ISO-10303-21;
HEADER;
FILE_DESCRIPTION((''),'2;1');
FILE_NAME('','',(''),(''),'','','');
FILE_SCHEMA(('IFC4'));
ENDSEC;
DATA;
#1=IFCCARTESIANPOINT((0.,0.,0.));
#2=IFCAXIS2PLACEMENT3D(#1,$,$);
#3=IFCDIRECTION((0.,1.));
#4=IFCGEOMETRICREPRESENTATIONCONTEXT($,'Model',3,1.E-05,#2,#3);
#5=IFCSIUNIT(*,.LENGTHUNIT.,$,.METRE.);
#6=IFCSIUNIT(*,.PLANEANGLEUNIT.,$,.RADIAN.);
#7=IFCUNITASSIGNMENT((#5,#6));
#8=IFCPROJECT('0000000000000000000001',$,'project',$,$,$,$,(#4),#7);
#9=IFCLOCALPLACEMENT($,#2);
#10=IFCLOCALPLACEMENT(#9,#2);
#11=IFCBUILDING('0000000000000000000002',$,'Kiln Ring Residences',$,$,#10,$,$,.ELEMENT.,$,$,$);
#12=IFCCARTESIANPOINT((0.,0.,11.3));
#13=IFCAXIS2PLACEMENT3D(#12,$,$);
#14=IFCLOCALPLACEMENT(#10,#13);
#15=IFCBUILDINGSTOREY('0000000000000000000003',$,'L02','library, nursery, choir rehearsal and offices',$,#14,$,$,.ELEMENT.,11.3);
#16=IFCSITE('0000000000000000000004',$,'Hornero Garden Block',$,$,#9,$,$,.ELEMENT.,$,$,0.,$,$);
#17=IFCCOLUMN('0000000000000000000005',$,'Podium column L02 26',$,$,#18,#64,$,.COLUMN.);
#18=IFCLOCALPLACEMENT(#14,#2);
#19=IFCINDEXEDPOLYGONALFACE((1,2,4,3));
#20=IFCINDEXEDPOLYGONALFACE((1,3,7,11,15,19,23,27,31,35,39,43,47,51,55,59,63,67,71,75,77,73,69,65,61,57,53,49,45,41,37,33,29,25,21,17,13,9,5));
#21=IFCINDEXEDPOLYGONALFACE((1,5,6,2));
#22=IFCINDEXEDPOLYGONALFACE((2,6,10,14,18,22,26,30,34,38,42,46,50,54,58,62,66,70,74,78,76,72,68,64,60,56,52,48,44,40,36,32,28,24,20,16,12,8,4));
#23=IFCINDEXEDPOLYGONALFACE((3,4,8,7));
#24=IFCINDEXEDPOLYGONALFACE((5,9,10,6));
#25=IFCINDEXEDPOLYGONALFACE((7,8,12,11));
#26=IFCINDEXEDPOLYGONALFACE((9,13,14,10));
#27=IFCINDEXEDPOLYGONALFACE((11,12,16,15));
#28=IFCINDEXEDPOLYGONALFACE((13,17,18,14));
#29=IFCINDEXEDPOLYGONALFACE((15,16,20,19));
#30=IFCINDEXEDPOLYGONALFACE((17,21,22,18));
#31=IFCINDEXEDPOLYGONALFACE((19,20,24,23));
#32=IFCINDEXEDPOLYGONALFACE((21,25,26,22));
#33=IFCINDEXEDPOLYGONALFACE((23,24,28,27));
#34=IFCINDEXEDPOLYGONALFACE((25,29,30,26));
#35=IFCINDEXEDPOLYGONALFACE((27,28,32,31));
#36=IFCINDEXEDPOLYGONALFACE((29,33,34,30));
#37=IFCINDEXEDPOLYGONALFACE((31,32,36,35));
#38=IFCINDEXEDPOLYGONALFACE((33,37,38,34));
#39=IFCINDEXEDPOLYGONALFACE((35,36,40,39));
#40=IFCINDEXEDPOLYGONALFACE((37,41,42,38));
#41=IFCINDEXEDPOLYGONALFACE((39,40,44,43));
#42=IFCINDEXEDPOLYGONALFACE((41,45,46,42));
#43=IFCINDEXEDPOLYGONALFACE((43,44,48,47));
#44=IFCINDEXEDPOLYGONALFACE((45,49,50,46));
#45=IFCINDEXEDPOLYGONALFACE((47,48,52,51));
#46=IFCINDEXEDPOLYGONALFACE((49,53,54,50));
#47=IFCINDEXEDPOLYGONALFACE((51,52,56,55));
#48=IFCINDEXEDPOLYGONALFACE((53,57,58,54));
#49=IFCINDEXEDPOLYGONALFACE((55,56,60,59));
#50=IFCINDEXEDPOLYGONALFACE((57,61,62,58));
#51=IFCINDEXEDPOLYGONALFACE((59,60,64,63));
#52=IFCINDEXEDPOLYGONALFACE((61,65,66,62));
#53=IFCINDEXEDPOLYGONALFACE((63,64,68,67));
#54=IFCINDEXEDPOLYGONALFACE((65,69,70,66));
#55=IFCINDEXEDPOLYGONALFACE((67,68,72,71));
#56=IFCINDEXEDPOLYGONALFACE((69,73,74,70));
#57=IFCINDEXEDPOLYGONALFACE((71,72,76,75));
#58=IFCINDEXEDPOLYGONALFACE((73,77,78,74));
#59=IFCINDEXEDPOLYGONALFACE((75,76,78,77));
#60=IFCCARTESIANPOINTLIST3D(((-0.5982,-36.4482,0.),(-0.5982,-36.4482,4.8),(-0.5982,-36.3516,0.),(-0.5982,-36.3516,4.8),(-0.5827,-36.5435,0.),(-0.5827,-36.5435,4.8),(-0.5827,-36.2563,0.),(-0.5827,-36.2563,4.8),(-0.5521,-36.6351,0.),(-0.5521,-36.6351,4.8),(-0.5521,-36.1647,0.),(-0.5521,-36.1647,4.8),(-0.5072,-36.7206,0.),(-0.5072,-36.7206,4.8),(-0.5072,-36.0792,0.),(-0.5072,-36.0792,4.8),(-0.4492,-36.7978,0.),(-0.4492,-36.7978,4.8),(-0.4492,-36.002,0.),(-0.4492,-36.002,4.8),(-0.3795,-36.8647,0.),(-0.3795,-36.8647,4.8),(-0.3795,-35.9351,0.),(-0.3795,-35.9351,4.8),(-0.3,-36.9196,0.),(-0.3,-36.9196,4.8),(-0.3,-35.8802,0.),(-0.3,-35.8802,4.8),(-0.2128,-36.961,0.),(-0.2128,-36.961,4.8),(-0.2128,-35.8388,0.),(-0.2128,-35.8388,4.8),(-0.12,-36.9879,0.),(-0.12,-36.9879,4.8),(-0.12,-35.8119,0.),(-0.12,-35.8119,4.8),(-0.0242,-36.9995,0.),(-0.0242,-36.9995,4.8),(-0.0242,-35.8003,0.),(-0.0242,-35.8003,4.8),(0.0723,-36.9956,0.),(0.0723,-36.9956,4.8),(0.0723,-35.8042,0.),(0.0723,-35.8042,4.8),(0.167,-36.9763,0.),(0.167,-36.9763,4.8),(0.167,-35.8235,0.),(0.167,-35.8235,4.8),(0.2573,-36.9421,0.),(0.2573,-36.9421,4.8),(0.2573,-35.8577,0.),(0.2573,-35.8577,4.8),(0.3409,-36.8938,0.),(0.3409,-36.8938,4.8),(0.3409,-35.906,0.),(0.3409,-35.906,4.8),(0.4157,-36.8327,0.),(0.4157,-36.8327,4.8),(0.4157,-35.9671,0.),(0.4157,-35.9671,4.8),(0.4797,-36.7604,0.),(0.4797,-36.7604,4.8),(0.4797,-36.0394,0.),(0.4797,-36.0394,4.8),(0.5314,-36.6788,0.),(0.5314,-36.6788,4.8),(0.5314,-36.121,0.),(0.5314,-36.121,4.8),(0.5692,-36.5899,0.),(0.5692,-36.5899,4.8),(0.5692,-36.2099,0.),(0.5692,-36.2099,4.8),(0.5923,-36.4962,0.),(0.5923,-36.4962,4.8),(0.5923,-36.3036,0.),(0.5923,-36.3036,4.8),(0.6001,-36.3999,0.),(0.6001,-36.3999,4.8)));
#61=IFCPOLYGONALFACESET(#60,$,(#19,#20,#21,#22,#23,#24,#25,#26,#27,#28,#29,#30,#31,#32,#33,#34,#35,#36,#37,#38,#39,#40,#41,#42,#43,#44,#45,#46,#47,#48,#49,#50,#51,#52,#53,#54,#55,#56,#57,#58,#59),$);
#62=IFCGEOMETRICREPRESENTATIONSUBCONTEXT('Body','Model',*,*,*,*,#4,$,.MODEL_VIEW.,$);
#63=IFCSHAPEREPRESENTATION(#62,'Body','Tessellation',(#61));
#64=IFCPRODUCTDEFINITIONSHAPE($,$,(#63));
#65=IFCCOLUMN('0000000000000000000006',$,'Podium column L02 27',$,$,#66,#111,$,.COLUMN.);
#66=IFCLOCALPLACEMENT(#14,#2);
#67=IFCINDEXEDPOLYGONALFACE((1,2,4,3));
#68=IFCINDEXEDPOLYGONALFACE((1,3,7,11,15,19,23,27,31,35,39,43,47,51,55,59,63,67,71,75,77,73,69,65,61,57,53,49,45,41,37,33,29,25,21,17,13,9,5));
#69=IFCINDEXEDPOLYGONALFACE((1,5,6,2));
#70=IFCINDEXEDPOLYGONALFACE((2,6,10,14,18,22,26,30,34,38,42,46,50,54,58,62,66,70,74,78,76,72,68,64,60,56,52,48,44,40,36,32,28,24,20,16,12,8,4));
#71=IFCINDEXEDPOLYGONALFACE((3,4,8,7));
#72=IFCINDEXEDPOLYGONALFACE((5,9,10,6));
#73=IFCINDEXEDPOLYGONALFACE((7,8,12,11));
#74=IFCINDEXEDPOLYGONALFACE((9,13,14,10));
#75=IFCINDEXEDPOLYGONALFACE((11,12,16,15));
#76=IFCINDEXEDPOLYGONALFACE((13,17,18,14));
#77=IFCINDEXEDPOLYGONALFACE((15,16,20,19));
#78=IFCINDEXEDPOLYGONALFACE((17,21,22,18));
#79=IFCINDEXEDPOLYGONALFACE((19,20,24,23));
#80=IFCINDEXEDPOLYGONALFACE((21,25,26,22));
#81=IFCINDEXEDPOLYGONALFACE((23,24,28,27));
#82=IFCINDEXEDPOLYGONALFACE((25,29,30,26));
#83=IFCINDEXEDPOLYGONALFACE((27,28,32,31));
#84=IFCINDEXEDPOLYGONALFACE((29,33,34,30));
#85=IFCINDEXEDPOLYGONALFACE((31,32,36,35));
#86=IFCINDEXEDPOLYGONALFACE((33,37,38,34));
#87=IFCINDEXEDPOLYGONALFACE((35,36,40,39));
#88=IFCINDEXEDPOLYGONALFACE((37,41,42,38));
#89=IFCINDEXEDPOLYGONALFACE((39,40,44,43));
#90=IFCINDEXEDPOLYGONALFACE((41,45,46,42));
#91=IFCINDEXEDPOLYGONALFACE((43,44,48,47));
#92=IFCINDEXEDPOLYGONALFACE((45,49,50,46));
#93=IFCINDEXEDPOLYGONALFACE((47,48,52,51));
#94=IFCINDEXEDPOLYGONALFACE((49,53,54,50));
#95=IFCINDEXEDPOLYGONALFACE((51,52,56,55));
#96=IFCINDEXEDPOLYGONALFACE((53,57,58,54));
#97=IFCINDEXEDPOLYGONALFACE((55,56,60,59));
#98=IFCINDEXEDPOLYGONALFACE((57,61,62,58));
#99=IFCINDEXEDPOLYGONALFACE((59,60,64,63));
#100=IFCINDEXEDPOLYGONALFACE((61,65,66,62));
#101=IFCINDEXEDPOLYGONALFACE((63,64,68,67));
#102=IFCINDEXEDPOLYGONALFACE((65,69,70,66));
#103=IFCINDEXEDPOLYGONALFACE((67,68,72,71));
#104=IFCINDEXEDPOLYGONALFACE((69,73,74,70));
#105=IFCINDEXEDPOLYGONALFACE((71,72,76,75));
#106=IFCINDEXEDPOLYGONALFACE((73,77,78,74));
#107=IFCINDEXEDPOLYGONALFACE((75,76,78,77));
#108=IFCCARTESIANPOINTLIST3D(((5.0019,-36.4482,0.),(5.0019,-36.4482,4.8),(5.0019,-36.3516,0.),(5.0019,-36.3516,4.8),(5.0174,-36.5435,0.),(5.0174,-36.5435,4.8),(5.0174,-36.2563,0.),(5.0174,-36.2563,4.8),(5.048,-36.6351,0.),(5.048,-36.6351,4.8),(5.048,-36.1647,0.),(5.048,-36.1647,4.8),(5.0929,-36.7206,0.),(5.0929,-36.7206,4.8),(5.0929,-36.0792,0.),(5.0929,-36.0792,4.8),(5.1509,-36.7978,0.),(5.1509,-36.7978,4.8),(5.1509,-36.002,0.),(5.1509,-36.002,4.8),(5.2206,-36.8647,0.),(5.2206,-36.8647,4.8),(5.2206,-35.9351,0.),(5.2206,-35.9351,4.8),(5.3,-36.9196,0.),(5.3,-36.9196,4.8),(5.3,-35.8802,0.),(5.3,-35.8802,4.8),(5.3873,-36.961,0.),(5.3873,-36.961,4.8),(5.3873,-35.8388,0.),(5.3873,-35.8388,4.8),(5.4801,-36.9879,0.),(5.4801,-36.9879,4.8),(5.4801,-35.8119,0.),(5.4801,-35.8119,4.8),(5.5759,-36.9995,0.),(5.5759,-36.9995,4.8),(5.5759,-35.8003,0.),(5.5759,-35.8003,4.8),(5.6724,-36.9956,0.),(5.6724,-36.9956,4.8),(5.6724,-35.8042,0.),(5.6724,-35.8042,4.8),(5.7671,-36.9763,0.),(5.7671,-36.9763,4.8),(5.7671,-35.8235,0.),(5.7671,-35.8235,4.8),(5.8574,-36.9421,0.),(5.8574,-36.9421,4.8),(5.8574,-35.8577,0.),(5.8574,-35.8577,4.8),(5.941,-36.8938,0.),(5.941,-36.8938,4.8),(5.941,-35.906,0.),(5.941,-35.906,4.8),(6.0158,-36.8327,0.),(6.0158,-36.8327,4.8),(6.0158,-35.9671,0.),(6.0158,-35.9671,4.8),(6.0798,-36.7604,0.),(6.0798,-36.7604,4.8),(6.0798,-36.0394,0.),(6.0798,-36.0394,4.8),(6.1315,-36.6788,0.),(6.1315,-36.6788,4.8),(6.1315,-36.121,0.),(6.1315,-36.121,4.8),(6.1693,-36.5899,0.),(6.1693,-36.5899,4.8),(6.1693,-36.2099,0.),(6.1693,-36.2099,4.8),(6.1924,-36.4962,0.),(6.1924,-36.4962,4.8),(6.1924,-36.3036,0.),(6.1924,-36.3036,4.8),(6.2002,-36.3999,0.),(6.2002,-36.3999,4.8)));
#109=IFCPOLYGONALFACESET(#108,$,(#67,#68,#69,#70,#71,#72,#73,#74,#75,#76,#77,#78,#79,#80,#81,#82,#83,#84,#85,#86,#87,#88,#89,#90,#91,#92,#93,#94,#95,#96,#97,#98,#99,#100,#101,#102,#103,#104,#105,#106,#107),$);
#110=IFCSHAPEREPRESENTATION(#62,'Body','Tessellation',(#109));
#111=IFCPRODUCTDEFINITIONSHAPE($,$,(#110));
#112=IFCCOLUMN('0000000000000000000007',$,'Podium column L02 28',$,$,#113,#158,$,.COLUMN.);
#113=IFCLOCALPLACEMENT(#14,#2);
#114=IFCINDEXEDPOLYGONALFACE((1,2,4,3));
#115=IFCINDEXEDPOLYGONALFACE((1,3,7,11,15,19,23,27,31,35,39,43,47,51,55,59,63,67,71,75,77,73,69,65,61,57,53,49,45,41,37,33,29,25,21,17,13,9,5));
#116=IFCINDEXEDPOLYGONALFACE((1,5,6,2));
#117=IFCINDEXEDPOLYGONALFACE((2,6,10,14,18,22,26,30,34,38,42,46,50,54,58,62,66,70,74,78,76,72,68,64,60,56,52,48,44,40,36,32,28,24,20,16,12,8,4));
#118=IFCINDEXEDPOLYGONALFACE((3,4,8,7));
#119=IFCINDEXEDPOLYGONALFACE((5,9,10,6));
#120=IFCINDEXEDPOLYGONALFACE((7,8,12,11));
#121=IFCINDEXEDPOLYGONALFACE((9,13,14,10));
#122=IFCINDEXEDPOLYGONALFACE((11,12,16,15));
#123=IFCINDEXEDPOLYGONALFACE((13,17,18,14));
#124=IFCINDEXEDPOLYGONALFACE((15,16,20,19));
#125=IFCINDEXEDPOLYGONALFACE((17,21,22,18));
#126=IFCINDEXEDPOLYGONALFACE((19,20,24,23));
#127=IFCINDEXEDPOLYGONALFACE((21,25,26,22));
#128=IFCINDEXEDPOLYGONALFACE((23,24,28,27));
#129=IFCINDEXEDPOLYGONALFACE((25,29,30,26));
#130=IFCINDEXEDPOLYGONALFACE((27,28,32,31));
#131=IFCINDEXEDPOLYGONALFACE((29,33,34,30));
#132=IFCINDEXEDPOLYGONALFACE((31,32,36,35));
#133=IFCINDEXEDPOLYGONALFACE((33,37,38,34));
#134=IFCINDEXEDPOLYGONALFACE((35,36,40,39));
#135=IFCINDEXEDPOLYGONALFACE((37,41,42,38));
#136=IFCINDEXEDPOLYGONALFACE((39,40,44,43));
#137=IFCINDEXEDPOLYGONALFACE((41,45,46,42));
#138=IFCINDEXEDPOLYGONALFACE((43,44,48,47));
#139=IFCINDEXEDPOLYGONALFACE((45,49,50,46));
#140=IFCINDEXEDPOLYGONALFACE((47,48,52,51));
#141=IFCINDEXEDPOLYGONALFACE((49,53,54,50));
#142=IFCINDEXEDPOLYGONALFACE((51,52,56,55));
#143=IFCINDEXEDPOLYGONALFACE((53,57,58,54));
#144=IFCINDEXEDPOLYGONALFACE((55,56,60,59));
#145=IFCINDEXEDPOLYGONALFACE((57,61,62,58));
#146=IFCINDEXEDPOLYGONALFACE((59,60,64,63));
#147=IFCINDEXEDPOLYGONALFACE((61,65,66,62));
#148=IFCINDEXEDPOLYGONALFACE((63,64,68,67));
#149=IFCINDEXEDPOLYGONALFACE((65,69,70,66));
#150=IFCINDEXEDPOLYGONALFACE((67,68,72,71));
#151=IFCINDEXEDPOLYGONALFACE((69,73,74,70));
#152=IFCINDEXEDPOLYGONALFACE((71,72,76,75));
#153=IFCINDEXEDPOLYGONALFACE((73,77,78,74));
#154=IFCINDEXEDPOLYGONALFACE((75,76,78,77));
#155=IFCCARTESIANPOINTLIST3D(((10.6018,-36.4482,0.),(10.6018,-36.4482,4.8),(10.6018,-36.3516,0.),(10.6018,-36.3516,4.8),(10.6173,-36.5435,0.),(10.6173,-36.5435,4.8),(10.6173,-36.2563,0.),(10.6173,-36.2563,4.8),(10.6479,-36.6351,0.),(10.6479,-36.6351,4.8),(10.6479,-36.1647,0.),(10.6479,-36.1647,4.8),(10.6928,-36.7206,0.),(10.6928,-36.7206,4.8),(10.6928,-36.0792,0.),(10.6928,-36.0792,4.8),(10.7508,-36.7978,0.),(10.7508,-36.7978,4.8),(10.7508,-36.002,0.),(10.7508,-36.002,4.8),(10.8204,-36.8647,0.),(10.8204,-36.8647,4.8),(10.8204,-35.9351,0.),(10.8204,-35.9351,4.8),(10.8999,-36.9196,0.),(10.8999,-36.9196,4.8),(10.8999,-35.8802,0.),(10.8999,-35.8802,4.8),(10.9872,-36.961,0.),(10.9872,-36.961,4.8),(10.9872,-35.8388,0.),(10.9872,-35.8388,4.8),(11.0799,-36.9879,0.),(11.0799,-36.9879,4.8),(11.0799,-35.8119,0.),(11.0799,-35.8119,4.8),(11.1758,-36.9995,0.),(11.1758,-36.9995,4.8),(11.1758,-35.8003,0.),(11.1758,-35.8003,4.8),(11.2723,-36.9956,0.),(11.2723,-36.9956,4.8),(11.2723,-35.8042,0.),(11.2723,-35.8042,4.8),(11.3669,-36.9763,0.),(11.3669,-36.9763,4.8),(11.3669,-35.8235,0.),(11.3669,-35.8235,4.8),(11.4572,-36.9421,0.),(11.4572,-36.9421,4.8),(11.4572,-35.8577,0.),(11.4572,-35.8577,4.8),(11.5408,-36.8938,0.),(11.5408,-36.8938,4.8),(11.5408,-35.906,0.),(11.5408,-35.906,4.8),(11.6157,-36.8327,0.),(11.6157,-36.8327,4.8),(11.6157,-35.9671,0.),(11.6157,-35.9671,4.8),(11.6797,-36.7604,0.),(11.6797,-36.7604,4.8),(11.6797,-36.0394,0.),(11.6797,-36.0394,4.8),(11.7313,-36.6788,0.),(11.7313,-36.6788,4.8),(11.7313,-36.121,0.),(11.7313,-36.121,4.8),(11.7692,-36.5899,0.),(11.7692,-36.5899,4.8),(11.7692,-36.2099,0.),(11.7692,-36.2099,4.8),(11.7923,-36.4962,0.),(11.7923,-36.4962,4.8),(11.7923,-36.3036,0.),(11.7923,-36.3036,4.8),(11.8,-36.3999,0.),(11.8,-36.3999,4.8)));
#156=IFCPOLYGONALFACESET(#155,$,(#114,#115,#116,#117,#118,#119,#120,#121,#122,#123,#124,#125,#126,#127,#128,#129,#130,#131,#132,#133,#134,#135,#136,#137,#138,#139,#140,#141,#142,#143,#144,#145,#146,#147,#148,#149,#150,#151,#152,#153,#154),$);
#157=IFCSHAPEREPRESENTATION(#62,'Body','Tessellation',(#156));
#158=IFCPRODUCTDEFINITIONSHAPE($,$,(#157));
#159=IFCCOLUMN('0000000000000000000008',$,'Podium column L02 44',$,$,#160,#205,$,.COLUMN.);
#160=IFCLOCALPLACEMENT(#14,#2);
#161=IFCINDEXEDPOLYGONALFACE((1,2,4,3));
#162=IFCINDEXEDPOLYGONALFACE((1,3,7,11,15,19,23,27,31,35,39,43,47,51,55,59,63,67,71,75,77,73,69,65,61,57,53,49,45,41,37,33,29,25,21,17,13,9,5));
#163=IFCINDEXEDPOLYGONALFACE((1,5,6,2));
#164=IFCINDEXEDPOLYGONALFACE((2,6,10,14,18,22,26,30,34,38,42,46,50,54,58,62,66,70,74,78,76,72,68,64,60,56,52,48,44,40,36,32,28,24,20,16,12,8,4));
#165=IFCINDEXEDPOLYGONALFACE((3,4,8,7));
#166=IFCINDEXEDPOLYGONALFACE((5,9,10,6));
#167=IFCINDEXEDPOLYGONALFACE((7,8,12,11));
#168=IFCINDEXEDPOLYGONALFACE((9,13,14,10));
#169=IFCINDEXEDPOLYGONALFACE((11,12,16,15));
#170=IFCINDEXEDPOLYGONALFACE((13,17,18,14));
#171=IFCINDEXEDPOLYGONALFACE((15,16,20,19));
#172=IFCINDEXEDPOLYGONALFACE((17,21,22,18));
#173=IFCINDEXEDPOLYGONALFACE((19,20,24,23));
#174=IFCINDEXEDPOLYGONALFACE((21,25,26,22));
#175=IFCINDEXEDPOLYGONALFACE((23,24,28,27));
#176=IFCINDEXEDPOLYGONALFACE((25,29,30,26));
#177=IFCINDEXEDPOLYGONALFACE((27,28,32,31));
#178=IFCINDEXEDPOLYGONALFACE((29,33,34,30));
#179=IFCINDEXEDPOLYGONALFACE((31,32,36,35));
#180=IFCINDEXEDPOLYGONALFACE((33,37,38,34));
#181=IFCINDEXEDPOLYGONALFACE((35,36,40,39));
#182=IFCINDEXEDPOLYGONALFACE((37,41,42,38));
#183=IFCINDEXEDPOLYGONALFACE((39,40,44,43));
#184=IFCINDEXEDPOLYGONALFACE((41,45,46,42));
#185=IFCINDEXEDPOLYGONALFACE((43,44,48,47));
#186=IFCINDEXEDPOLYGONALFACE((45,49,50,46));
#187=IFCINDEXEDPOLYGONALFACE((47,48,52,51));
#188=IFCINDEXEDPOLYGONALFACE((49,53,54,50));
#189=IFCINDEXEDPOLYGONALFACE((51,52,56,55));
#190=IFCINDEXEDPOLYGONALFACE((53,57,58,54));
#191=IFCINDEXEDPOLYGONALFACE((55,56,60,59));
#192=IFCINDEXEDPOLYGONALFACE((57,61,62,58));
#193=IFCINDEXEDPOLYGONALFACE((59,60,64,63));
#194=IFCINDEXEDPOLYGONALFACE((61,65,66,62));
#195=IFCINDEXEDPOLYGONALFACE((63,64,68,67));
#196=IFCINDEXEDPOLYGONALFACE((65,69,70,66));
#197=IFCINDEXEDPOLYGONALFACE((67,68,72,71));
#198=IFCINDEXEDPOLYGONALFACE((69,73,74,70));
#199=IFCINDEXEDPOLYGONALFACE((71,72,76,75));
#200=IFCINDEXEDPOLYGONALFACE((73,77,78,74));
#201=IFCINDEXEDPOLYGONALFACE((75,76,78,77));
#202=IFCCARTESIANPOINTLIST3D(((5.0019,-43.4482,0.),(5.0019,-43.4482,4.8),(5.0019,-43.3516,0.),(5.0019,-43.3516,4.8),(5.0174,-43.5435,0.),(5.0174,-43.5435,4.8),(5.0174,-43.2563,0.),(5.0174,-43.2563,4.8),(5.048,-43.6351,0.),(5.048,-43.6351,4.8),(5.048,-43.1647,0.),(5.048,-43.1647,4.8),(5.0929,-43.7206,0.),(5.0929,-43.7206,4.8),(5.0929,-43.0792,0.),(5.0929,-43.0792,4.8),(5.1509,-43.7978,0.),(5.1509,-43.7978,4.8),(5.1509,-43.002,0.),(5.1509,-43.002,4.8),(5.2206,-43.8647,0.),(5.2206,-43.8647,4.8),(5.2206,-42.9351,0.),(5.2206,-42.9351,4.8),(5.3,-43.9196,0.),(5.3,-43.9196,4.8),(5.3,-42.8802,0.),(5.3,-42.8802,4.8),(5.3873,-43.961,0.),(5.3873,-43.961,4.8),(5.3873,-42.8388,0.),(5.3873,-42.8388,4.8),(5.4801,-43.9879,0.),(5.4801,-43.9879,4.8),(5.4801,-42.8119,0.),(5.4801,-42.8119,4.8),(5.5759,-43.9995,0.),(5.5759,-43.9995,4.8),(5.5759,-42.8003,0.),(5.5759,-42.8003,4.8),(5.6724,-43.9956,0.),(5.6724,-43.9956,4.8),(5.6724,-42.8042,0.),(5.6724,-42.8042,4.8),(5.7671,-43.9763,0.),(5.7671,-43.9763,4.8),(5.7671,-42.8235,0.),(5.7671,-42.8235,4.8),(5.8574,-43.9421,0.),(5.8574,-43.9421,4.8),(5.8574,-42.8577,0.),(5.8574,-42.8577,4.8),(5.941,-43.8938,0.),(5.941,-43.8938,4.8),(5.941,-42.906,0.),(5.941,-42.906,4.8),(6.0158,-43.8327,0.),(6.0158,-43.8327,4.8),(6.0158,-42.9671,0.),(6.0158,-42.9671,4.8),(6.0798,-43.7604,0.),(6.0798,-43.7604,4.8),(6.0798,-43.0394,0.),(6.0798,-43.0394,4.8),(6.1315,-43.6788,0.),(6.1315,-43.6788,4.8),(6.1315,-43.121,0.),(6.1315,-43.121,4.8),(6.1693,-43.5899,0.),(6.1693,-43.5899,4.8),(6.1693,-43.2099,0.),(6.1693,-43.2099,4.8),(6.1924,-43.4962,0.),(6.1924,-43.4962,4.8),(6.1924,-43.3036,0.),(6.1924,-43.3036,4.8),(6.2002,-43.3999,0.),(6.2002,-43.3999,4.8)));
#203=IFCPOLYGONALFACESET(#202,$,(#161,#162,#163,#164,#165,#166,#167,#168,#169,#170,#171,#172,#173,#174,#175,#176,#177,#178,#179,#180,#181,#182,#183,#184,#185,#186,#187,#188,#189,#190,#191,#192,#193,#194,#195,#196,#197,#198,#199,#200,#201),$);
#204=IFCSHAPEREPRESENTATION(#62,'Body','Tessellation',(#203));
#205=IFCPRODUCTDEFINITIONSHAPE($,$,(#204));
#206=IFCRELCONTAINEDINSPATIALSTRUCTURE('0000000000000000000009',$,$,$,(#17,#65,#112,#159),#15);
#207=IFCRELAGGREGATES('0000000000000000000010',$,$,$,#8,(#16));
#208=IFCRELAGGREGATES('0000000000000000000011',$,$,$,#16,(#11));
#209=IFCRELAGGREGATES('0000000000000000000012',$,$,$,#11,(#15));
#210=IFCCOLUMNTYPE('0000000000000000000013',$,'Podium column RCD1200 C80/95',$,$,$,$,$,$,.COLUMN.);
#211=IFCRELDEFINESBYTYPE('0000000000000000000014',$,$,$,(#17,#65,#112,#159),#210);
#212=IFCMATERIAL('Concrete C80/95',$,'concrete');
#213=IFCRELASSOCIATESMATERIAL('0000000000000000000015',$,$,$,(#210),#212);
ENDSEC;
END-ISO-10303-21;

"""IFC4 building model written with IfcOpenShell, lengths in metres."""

from ifc_helpers import new_model, si_unit, direction, frame, origin, origin_2d, place, context, subcontext, project, spatial, circle, extrude, material, material_profile, profile_set, type_object, element, save


model = new_model("IFC4")

# Units and contexts
model_context = context("Model", 3, precision=1e-05, world=origin(), true_north=direction((0.0, 1.0)))
body_context = subcontext(model_context, "Body", "Model", "MODEL_VIEW")
ifc_project = project(units=[si_unit("LENGTHUNIT", "METRE"), si_unit("PLANEANGLEUNIT", "RADIAN")], contexts=[model_context])

# Site, building, storey
site_placement = place(None, origin())
site = spatial("IfcSite", under=ifc_project, at=site_placement, Name="Hornero Garden Block", CompositionType="ELEMENT", RefElevation=0.0)
building_placement = place(site_placement, origin())
building = spatial("IfcBuilding", under=site, at=building_placement, Name="Kiln Ring Residences", CompositionType="ELEMENT")
storey_placement = place(building_placement, frame((0.0, 0.0, 11.3)))
storey = spatial("IfcBuildingStorey", under=building, at=storey_placement, Name="L02", Description="library, nursery, choir rehearsal and offices", CompositionType="ELEMENT", Elevation=11.3)

# Columns
ifc_material_1 = material(Name="Concrete C80/95", Category="concrete")
ifc_material_profile_1 = material_profile(ifc_material_1, circle(Radius=0.6001, at=origin_2d()), Name="RCD1200")
ifc_profile_set_1 = profile_set([ifc_material_profile_1], Name="Concrete C80/95")
column_type_1 = type_object("IfcColumnType", Name="Podium column RCD1200 C80/95", PredefinedType="COLUMN", material=ifc_profile_set_1)
for number, where, z_axis, x_axis, name in (
    (1, (0.0, -36.3999, 0.0), (0.0, 0.0, 1.0), (1.0, 0.0, 0.0), "Podium column L02 26"),
    (2, (5.6001, -36.3999, 0.0), (0.0, 0.0, 1.0), (1.0, 0.0, 0.0), "Podium column L02 27"),
    (3, (11.2, -36.3999, 0.0), (0.0, 0.0, 1.0), (1.0, 0.0, 0.0), "Podium column L02 28"),
    (4, (5.6001, -43.3999, 0.0), (0.0, 0.0, 1.0), (1.0, 0.0, 0.0), "Podium column L02 44"),
):
    element("IfcColumn", number, at=place(storey_placement, frame(where, z_axis=z_axis, x_axis=x_axis)), inside=storey, type_object=column_type_1, Name=name, PredefinedType="COLUMN", context=body_context, shape_type="SweptSolid", body=[
        extrude(circle(Radius=0.6001, at=origin_2d()), origin(), (0.0, 0.0, 1.0), 4.8),
    ])

save(model, "model.ifc")
